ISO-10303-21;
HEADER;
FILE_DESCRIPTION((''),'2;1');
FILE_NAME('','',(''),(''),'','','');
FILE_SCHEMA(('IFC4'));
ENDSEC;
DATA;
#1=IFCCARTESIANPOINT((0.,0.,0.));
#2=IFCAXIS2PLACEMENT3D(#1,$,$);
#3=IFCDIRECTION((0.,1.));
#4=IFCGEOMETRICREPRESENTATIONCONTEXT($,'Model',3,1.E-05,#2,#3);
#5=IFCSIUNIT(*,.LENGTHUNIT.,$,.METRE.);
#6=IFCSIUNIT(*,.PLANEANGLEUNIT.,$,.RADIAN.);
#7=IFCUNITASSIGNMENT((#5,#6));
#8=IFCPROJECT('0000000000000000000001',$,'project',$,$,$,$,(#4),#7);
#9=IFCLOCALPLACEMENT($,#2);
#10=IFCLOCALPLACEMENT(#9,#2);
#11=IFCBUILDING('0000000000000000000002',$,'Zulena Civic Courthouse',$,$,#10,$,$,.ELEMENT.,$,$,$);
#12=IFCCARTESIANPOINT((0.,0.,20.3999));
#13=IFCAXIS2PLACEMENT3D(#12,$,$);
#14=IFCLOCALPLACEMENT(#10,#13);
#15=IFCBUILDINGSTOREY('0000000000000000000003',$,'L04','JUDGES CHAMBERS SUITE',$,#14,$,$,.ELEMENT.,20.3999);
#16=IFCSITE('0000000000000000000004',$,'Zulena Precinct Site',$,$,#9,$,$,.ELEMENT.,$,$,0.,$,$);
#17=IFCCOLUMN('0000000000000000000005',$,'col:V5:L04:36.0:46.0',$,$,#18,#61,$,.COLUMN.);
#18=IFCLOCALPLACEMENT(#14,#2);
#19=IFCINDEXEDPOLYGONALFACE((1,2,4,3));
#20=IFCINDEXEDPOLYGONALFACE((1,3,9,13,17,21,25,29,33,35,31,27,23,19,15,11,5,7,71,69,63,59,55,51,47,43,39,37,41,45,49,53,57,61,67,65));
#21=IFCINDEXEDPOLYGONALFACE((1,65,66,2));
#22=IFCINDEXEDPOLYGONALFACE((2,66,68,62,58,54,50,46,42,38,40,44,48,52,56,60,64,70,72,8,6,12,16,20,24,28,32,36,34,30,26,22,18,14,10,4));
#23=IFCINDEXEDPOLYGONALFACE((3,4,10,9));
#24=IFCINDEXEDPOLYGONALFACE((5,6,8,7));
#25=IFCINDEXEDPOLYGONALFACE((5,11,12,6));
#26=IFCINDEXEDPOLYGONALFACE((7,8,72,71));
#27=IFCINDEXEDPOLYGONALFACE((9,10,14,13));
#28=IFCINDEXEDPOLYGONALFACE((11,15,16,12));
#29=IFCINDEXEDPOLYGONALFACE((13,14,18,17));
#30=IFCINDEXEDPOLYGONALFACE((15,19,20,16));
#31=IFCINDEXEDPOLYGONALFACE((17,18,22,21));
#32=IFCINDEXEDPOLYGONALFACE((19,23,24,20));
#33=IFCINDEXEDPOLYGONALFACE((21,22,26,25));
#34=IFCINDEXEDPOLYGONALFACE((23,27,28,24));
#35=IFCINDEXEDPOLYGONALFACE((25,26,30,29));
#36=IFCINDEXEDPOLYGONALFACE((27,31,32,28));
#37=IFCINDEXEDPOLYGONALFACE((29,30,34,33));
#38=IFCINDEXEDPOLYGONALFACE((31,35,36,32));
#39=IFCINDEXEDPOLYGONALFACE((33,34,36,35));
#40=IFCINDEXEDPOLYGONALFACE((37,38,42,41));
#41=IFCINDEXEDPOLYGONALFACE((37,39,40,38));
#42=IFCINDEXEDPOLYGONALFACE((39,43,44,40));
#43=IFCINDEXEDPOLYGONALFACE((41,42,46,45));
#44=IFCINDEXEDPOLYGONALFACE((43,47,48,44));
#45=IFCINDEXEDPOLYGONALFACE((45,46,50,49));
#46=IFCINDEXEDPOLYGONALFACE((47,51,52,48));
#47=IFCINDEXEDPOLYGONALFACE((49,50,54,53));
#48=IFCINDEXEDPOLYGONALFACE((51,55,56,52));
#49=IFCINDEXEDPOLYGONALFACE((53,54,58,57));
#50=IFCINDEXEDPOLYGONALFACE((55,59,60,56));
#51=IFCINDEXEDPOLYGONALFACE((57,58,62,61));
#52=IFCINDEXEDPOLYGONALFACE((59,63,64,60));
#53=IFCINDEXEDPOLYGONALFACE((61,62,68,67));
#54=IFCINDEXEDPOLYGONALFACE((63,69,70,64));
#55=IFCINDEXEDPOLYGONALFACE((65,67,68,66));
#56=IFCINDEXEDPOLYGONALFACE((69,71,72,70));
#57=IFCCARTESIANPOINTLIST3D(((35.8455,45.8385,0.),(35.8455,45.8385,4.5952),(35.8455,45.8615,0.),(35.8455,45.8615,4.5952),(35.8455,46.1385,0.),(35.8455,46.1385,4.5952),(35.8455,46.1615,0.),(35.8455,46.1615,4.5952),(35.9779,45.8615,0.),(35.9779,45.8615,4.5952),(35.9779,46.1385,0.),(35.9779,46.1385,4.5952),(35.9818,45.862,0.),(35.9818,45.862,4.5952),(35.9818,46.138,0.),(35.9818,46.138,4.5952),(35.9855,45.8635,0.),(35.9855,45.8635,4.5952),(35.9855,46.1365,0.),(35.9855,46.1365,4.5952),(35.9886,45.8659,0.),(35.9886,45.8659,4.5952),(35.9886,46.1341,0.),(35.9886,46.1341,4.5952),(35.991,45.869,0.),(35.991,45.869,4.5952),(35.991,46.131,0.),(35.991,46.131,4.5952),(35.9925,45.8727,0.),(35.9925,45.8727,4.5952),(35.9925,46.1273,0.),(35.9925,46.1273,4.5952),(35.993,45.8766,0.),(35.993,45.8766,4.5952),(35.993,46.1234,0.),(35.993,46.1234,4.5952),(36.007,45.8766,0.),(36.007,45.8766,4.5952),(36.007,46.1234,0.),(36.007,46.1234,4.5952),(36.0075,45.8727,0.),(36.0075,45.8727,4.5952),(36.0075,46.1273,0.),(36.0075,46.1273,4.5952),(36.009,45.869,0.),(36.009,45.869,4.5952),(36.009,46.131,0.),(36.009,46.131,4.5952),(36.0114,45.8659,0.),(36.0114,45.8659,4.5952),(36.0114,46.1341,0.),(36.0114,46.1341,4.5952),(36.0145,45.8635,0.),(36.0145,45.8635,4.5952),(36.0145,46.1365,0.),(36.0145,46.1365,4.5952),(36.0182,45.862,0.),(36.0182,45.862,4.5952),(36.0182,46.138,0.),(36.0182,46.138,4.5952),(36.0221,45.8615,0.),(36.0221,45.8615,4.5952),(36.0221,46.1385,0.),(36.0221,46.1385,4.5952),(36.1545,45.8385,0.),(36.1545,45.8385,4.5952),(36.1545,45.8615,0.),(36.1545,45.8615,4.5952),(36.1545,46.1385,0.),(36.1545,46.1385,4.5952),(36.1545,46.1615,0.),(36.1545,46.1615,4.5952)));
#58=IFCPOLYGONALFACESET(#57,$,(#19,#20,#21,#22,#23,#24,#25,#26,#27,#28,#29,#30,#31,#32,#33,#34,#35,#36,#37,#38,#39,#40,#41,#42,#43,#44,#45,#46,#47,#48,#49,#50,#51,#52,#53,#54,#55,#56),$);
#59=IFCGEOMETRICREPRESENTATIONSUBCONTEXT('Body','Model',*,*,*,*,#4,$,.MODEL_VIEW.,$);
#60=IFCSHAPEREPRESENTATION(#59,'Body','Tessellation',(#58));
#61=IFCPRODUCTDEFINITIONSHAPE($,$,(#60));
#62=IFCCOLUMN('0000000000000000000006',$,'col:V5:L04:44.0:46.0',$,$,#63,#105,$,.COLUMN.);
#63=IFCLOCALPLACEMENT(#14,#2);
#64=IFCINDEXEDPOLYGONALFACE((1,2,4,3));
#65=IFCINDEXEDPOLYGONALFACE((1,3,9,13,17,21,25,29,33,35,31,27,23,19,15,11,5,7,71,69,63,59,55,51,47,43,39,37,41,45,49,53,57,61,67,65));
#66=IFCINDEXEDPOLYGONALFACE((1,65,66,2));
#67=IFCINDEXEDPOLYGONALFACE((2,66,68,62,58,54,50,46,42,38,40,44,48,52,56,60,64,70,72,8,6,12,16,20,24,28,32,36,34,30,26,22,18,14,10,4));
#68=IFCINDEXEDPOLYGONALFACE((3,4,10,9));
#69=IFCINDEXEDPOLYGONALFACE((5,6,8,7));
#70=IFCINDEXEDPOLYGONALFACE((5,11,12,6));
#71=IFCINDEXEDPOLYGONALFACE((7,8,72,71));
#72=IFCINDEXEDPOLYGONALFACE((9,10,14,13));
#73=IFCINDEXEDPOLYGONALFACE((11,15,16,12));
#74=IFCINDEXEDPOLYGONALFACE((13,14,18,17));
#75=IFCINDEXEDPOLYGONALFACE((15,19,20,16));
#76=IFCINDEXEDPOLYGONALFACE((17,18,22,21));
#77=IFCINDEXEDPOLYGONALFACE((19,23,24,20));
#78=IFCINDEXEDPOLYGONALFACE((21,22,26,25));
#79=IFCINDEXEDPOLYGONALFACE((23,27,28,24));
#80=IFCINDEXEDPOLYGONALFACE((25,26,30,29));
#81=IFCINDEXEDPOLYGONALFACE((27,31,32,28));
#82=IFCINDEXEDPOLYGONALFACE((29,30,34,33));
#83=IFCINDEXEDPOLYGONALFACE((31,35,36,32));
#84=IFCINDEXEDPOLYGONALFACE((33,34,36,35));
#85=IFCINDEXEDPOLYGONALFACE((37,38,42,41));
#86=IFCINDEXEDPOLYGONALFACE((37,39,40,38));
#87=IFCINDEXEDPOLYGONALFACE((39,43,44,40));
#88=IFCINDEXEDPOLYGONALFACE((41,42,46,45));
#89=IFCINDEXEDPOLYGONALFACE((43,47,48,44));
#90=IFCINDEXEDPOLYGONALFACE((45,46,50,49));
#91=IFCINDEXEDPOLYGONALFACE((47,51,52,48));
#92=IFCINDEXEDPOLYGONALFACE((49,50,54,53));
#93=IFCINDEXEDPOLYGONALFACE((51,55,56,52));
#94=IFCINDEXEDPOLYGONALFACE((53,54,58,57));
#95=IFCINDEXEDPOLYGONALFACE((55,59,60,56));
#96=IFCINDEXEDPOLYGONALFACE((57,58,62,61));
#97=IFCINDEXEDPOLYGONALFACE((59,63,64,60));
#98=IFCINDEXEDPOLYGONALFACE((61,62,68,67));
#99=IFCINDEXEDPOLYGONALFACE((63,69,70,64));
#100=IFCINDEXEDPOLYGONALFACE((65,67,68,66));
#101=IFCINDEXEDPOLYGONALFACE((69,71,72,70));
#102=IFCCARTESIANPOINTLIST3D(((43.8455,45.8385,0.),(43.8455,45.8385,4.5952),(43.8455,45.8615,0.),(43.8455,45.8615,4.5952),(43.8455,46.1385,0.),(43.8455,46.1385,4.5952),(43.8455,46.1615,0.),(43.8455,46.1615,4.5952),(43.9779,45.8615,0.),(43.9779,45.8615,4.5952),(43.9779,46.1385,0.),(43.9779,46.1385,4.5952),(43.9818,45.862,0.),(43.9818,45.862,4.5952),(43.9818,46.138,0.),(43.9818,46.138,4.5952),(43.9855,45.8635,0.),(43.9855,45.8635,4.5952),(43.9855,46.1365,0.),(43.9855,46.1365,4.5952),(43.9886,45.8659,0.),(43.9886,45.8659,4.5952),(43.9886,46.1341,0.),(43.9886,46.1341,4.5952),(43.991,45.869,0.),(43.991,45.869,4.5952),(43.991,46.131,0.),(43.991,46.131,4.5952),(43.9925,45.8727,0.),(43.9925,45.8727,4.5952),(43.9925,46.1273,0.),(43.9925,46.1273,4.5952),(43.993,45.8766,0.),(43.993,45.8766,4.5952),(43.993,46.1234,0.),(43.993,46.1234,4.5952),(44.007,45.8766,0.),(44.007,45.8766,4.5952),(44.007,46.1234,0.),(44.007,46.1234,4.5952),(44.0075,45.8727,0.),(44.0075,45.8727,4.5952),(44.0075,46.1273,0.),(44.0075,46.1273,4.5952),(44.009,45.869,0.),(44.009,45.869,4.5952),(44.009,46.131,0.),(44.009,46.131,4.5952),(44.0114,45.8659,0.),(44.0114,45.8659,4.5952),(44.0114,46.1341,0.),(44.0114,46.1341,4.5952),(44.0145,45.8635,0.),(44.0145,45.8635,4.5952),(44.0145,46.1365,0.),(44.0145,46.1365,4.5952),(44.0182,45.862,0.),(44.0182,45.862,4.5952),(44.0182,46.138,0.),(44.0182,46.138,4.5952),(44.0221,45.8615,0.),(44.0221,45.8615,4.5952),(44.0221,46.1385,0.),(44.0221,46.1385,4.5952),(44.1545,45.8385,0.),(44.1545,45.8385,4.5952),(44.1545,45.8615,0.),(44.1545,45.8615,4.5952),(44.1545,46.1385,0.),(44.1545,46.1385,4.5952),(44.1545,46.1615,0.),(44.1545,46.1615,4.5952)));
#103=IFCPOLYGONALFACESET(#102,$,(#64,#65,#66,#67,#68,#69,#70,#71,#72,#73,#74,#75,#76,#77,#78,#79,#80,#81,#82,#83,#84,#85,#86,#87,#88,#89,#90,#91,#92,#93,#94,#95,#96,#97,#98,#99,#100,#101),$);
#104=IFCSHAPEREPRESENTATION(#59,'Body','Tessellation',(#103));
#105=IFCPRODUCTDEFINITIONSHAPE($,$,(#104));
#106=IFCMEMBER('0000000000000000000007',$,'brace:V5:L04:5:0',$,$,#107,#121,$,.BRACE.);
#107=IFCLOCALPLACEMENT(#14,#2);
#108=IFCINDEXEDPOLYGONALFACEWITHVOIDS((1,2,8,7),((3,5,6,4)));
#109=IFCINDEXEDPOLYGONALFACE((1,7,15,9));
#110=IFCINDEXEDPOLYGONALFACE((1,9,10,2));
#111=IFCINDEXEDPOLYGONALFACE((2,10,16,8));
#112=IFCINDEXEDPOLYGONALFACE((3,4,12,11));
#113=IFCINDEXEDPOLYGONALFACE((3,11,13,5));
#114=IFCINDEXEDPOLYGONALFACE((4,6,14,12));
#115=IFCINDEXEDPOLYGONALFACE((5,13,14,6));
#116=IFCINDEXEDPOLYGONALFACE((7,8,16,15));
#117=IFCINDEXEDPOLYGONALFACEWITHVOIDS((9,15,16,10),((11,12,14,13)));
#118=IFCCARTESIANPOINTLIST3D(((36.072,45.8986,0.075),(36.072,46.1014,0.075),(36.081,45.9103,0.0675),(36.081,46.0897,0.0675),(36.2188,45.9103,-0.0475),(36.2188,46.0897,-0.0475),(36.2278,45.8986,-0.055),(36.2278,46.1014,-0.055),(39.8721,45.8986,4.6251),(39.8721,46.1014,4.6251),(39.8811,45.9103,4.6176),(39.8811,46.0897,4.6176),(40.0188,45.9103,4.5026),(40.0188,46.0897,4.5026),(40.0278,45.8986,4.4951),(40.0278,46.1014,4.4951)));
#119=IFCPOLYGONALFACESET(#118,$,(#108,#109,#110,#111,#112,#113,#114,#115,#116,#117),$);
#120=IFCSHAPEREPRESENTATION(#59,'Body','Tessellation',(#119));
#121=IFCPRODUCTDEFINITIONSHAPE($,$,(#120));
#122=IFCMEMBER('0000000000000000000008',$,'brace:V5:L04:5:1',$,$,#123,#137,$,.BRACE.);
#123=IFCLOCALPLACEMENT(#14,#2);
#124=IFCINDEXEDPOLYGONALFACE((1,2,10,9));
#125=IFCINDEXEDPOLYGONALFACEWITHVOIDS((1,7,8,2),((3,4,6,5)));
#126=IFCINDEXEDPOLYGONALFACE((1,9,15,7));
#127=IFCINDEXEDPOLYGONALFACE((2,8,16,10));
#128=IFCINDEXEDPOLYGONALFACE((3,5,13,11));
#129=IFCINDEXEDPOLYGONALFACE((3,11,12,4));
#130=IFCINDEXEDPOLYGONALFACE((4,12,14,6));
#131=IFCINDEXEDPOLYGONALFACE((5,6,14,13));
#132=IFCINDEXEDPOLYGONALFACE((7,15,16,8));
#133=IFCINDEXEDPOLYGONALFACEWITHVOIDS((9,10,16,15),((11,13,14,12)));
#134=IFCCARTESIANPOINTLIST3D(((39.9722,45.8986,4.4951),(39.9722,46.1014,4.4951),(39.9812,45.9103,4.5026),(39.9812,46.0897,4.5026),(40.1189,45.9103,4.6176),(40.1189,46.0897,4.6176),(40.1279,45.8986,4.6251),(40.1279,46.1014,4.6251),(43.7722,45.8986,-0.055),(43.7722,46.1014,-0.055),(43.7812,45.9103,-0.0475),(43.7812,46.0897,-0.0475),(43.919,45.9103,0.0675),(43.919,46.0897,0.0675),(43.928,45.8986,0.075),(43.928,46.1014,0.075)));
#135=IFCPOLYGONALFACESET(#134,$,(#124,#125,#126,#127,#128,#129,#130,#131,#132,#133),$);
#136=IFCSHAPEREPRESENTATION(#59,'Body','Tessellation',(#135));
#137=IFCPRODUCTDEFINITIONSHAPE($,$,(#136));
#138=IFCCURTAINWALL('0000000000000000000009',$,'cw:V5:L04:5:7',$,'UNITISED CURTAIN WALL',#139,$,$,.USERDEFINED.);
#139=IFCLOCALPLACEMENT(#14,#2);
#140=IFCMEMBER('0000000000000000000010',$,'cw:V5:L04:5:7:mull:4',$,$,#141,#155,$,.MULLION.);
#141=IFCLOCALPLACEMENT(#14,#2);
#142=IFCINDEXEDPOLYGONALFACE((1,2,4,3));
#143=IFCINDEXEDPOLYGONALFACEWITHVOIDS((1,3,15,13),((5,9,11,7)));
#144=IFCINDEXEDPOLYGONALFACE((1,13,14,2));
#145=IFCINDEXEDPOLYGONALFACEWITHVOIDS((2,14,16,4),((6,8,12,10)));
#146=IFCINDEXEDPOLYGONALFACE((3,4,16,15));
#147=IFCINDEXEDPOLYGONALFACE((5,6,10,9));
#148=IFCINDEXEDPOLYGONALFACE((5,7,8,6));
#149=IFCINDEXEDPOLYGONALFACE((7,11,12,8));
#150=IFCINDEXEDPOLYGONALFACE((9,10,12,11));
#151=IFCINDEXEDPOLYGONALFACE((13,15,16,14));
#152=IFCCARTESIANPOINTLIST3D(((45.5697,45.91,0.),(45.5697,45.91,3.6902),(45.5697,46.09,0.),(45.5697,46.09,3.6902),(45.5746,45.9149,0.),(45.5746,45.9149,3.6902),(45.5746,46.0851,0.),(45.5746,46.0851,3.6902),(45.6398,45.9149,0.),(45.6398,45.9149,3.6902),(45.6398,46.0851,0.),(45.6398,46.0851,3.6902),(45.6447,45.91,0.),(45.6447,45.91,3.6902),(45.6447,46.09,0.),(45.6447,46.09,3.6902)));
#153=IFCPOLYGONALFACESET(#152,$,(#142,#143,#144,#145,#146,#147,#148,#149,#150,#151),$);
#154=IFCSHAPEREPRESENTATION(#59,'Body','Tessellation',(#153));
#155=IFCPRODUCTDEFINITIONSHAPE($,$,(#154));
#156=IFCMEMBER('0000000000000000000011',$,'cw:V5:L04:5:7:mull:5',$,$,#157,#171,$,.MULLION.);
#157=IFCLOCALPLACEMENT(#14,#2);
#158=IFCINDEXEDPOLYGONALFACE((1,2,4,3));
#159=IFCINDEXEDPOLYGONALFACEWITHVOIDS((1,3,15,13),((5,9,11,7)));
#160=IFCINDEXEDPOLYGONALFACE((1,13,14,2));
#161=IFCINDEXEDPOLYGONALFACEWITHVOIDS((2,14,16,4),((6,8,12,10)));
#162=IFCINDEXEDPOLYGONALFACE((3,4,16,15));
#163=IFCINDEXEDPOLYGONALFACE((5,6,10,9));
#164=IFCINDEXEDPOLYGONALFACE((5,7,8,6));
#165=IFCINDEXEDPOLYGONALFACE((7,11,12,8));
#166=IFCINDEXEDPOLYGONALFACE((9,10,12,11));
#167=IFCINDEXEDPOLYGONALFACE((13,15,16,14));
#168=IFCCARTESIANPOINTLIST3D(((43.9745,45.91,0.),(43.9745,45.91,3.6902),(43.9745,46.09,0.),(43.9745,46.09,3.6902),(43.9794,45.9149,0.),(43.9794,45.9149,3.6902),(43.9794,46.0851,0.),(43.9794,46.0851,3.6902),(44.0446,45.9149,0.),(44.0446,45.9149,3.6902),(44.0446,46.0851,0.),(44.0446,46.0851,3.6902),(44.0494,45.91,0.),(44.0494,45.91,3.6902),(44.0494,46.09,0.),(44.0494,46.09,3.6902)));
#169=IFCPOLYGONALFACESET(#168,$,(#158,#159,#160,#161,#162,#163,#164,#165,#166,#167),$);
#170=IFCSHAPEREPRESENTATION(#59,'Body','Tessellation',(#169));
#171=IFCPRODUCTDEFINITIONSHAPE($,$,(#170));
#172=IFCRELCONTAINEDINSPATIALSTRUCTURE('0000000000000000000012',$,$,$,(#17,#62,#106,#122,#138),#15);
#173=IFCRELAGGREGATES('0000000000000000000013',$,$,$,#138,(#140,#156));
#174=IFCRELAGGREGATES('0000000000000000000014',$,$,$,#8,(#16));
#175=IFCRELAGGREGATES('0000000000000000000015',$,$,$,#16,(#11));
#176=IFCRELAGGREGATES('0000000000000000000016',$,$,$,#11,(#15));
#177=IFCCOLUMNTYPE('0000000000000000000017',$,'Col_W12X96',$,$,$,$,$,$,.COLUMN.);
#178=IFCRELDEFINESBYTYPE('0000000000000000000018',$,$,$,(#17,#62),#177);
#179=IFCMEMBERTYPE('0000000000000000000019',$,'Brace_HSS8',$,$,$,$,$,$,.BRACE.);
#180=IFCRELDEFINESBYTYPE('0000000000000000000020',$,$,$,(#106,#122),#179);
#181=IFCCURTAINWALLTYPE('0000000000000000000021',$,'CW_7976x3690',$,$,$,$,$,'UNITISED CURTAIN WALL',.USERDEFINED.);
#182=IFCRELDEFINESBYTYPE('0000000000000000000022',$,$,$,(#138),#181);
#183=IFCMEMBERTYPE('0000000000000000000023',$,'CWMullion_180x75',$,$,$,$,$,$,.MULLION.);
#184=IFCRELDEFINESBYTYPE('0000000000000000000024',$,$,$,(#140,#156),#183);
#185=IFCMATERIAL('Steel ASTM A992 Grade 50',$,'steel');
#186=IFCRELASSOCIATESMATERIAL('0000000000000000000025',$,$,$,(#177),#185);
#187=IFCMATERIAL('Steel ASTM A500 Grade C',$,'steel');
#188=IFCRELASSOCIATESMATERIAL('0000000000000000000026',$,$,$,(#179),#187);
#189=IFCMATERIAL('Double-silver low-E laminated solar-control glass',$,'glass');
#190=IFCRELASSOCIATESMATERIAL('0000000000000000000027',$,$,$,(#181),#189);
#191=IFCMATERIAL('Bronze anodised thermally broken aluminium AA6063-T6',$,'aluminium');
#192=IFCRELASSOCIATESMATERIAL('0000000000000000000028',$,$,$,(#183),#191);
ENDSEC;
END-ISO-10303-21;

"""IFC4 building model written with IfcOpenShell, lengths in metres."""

from ifc_helpers import new_model, si_unit, direction, frame, origin, origin_2d, place, context, subcontext, project, spatial, hollow_rectangle, i_section, extrude, material, material_profile, profile_set, type_object, element, aggregate, save


model = new_model("IFC4")

# Units and contexts
model_context = context("Model", 3, precision=1e-05, world=origin(), true_north=direction((0.0, 1.0)))
body_context = subcontext(model_context, "Body", "Model", "MODEL_VIEW")
ifc_project = project(units=[si_unit("LENGTHUNIT", "METRE"), si_unit("PLANEANGLEUNIT", "RADIAN")], contexts=[model_context])

# Site, building, storey
site_placement = place(None, origin())
site = spatial("IfcSite", under=ifc_project, at=site_placement, Name="Zulena Precinct Site", CompositionType="ELEMENT", RefElevation=0.0)
building_placement = place(site_placement, origin())
building = spatial("IfcBuilding", under=site, at=building_placement, Name="Zulena Civic Courthouse", CompositionType="ELEMENT")
storey_placement = place(building_placement, frame((0.0, 0.0, 20.3999)))
storey = spatial("IfcBuildingStorey", under=building, at=storey_placement, Name="L04", Description="JUDGES CHAMBERS SUITE", CompositionType="ELEMENT", Elevation=20.3999)

# Columns
ifc_material_1 = material(Name="Steel ASTM A992 Grade 50", Category="steel")
ifc_material_profile_1 = material_profile(ifc_material_1, i_section(OverallWidth=0.3091, OverallDepth=0.323, WebThickness=0.0139, FlangeThickness=0.0229, FilletRadius=0.0151, at=origin_2d()), Name="W12X96")
ifc_profile_set_1 = profile_set([ifc_material_profile_1], Name="Steel ASTM A992 Grade 50")
column_type = type_object("IfcColumnType", Name="Col_W12X96", PredefinedType="COLUMN", material=ifc_profile_set_1)
for number, where, z_axis, x_axis, name in (
    (1, (36.0, 46.0, 0.0), (0.0, 0.0, 1.0), (1.0, 0.0, 0.0), "col:V5:L04:36.0:46.0"),
    (2, (44.0, 46.0, 0.0), (0.0, 0.0, 1.0), (1.0, 0.0, 0.0), "col:V5:L04:44.0:46.0"),
):
    element("IfcColumn", number, at=place(storey_placement, frame(where, z_axis=z_axis, x_axis=x_axis)), inside=storey, type_object=column_type, Name=name, PredefinedType="COLUMN", context=body_context, shape_type="SweptSolid", body=[
        extrude(i_section(OverallWidth=0.3091, OverallDepth=0.323, WebThickness=0.0139, FlangeThickness=0.0229, FilletRadius=0.0151, at=origin_2d()), origin(), (0.0, 0.0, 1.0), 4.5952),
    ])

# Members
ifc_material_2 = material(Name="Steel ASTM A500 Grade C", Category="steel")
ifc_material_profile_2 = material_profile(ifc_material_2, hollow_rectangle(XDim=0.2029, YDim=0.2029, WallThickness=0.0117, at=origin_2d()), Name="HSS8X8X1/2")
ifc_profile_set_2 = profile_set([ifc_material_profile_2], Name="Steel ASTM A500 Grade C")
member_type_1 = type_object("IfcMemberType", Name="Brace_HSS8", PredefinedType="BRACE", material=ifc_profile_set_2)
for number, where, z_axis, x_axis, name in (
    (3, (36.1499, 46.0, 0.01), (0.641014, 0.0, 0.767529), (0.0, 1.0, 0.0), "brace:V5:L04:5:0"),
    (4, (43.8501, 46.0, 0.01), (-0.641014, 0.0, 0.767529), (0.0, -1.0, 0.0), "brace:V5:L04:5:1"),
):
    element("IfcMember", number, at=place(storey_placement, frame(where, z_axis=z_axis, x_axis=x_axis)), inside=storey, type_object=member_type_1, Name=name, PredefinedType="BRACE", context=body_context, shape_type="SweptSolid", body=[
        extrude(hollow_rectangle(XDim=0.2029, YDim=0.2029, WallThickness=0.0117, at=origin_2d()), origin(), (0.0, 0.0, 1.0), 5.9282),
    ])

# Curtain wall, members
ifc_material_3 = material(Name="Double-silver low-E laminated solar-control glass", Category="glass")
curtain_wall_type = type_object("IfcCurtainWallType", Name="CW_7976x3690", ElementType="UNITISED CURTAIN WALL", PredefinedType="USERDEFINED", material=ifc_material_3)
curtain_wall_1_placement = place(storey_placement, origin())
curtain_wall_1 = element("IfcCurtainWall", 5, at=curtain_wall_1_placement, inside=storey, type_object=curtain_wall_type, Name="cw:V5:L04:5:7", ObjectType="UNITISED CURTAIN WALL", PredefinedType="USERDEFINED")
ifc_material_4 = material(Name="Bronze anodised thermally broken aluminium AA6063-T6", Category="aluminium")
ifc_material_profile_3 = material_profile(ifc_material_4, hollow_rectangle(XDim=0.075, YDim=0.1799, WallThickness=0.0049, at=origin_2d()), Name="CWM180X75X5")
ifc_profile_set_3 = profile_set([ifc_material_profile_3], Name="Bronze anodised thermally broken aluminium AA6063-T6")
member_type_2 = type_object("IfcMemberType", Name="CWMullion_180x75", PredefinedType="MULLION", material=ifc_profile_set_3)
member_1_placement = place(storey_placement, frame((45.6072, 46.0, 0.0), z_axis=(0.0, 0.0, 1.0), x_axis=(1.0, 0.0, 0.0)))
member_1 = element("IfcMember", 6, at=member_1_placement, type_object=member_type_2, Name="cw:V5:L04:5:7:mull:4", PredefinedType="MULLION", context=body_context, shape_type="SweptSolid", body=[
    extrude(hollow_rectangle(XDim=0.075, YDim=0.1799, WallThickness=0.0049, at=origin_2d()), origin(), (0.0, 0.0, 1.0), 3.6902),
])
member_2_placement = place(storey_placement, frame((44.012, 46.0, 0.0), z_axis=(0.0, 0.0, 1.0), x_axis=(1.0, 0.0, 0.0)))
member_2 = element("IfcMember", 7, at=member_2_placement, type_object=member_type_2, Name="cw:V5:L04:5:7:mull:5", PredefinedType="MULLION", context=body_context, shape_type="SweptSolid", body=[
    extrude(hollow_rectangle(XDim=0.075, YDim=0.1799, WallThickness=0.0049, at=origin_2d()), origin(), (0.0, 0.0, 1.0), 3.6902),
])

aggregate(curtain_wall_1, [member_1, member_2])

save(model, "model.ifc")
